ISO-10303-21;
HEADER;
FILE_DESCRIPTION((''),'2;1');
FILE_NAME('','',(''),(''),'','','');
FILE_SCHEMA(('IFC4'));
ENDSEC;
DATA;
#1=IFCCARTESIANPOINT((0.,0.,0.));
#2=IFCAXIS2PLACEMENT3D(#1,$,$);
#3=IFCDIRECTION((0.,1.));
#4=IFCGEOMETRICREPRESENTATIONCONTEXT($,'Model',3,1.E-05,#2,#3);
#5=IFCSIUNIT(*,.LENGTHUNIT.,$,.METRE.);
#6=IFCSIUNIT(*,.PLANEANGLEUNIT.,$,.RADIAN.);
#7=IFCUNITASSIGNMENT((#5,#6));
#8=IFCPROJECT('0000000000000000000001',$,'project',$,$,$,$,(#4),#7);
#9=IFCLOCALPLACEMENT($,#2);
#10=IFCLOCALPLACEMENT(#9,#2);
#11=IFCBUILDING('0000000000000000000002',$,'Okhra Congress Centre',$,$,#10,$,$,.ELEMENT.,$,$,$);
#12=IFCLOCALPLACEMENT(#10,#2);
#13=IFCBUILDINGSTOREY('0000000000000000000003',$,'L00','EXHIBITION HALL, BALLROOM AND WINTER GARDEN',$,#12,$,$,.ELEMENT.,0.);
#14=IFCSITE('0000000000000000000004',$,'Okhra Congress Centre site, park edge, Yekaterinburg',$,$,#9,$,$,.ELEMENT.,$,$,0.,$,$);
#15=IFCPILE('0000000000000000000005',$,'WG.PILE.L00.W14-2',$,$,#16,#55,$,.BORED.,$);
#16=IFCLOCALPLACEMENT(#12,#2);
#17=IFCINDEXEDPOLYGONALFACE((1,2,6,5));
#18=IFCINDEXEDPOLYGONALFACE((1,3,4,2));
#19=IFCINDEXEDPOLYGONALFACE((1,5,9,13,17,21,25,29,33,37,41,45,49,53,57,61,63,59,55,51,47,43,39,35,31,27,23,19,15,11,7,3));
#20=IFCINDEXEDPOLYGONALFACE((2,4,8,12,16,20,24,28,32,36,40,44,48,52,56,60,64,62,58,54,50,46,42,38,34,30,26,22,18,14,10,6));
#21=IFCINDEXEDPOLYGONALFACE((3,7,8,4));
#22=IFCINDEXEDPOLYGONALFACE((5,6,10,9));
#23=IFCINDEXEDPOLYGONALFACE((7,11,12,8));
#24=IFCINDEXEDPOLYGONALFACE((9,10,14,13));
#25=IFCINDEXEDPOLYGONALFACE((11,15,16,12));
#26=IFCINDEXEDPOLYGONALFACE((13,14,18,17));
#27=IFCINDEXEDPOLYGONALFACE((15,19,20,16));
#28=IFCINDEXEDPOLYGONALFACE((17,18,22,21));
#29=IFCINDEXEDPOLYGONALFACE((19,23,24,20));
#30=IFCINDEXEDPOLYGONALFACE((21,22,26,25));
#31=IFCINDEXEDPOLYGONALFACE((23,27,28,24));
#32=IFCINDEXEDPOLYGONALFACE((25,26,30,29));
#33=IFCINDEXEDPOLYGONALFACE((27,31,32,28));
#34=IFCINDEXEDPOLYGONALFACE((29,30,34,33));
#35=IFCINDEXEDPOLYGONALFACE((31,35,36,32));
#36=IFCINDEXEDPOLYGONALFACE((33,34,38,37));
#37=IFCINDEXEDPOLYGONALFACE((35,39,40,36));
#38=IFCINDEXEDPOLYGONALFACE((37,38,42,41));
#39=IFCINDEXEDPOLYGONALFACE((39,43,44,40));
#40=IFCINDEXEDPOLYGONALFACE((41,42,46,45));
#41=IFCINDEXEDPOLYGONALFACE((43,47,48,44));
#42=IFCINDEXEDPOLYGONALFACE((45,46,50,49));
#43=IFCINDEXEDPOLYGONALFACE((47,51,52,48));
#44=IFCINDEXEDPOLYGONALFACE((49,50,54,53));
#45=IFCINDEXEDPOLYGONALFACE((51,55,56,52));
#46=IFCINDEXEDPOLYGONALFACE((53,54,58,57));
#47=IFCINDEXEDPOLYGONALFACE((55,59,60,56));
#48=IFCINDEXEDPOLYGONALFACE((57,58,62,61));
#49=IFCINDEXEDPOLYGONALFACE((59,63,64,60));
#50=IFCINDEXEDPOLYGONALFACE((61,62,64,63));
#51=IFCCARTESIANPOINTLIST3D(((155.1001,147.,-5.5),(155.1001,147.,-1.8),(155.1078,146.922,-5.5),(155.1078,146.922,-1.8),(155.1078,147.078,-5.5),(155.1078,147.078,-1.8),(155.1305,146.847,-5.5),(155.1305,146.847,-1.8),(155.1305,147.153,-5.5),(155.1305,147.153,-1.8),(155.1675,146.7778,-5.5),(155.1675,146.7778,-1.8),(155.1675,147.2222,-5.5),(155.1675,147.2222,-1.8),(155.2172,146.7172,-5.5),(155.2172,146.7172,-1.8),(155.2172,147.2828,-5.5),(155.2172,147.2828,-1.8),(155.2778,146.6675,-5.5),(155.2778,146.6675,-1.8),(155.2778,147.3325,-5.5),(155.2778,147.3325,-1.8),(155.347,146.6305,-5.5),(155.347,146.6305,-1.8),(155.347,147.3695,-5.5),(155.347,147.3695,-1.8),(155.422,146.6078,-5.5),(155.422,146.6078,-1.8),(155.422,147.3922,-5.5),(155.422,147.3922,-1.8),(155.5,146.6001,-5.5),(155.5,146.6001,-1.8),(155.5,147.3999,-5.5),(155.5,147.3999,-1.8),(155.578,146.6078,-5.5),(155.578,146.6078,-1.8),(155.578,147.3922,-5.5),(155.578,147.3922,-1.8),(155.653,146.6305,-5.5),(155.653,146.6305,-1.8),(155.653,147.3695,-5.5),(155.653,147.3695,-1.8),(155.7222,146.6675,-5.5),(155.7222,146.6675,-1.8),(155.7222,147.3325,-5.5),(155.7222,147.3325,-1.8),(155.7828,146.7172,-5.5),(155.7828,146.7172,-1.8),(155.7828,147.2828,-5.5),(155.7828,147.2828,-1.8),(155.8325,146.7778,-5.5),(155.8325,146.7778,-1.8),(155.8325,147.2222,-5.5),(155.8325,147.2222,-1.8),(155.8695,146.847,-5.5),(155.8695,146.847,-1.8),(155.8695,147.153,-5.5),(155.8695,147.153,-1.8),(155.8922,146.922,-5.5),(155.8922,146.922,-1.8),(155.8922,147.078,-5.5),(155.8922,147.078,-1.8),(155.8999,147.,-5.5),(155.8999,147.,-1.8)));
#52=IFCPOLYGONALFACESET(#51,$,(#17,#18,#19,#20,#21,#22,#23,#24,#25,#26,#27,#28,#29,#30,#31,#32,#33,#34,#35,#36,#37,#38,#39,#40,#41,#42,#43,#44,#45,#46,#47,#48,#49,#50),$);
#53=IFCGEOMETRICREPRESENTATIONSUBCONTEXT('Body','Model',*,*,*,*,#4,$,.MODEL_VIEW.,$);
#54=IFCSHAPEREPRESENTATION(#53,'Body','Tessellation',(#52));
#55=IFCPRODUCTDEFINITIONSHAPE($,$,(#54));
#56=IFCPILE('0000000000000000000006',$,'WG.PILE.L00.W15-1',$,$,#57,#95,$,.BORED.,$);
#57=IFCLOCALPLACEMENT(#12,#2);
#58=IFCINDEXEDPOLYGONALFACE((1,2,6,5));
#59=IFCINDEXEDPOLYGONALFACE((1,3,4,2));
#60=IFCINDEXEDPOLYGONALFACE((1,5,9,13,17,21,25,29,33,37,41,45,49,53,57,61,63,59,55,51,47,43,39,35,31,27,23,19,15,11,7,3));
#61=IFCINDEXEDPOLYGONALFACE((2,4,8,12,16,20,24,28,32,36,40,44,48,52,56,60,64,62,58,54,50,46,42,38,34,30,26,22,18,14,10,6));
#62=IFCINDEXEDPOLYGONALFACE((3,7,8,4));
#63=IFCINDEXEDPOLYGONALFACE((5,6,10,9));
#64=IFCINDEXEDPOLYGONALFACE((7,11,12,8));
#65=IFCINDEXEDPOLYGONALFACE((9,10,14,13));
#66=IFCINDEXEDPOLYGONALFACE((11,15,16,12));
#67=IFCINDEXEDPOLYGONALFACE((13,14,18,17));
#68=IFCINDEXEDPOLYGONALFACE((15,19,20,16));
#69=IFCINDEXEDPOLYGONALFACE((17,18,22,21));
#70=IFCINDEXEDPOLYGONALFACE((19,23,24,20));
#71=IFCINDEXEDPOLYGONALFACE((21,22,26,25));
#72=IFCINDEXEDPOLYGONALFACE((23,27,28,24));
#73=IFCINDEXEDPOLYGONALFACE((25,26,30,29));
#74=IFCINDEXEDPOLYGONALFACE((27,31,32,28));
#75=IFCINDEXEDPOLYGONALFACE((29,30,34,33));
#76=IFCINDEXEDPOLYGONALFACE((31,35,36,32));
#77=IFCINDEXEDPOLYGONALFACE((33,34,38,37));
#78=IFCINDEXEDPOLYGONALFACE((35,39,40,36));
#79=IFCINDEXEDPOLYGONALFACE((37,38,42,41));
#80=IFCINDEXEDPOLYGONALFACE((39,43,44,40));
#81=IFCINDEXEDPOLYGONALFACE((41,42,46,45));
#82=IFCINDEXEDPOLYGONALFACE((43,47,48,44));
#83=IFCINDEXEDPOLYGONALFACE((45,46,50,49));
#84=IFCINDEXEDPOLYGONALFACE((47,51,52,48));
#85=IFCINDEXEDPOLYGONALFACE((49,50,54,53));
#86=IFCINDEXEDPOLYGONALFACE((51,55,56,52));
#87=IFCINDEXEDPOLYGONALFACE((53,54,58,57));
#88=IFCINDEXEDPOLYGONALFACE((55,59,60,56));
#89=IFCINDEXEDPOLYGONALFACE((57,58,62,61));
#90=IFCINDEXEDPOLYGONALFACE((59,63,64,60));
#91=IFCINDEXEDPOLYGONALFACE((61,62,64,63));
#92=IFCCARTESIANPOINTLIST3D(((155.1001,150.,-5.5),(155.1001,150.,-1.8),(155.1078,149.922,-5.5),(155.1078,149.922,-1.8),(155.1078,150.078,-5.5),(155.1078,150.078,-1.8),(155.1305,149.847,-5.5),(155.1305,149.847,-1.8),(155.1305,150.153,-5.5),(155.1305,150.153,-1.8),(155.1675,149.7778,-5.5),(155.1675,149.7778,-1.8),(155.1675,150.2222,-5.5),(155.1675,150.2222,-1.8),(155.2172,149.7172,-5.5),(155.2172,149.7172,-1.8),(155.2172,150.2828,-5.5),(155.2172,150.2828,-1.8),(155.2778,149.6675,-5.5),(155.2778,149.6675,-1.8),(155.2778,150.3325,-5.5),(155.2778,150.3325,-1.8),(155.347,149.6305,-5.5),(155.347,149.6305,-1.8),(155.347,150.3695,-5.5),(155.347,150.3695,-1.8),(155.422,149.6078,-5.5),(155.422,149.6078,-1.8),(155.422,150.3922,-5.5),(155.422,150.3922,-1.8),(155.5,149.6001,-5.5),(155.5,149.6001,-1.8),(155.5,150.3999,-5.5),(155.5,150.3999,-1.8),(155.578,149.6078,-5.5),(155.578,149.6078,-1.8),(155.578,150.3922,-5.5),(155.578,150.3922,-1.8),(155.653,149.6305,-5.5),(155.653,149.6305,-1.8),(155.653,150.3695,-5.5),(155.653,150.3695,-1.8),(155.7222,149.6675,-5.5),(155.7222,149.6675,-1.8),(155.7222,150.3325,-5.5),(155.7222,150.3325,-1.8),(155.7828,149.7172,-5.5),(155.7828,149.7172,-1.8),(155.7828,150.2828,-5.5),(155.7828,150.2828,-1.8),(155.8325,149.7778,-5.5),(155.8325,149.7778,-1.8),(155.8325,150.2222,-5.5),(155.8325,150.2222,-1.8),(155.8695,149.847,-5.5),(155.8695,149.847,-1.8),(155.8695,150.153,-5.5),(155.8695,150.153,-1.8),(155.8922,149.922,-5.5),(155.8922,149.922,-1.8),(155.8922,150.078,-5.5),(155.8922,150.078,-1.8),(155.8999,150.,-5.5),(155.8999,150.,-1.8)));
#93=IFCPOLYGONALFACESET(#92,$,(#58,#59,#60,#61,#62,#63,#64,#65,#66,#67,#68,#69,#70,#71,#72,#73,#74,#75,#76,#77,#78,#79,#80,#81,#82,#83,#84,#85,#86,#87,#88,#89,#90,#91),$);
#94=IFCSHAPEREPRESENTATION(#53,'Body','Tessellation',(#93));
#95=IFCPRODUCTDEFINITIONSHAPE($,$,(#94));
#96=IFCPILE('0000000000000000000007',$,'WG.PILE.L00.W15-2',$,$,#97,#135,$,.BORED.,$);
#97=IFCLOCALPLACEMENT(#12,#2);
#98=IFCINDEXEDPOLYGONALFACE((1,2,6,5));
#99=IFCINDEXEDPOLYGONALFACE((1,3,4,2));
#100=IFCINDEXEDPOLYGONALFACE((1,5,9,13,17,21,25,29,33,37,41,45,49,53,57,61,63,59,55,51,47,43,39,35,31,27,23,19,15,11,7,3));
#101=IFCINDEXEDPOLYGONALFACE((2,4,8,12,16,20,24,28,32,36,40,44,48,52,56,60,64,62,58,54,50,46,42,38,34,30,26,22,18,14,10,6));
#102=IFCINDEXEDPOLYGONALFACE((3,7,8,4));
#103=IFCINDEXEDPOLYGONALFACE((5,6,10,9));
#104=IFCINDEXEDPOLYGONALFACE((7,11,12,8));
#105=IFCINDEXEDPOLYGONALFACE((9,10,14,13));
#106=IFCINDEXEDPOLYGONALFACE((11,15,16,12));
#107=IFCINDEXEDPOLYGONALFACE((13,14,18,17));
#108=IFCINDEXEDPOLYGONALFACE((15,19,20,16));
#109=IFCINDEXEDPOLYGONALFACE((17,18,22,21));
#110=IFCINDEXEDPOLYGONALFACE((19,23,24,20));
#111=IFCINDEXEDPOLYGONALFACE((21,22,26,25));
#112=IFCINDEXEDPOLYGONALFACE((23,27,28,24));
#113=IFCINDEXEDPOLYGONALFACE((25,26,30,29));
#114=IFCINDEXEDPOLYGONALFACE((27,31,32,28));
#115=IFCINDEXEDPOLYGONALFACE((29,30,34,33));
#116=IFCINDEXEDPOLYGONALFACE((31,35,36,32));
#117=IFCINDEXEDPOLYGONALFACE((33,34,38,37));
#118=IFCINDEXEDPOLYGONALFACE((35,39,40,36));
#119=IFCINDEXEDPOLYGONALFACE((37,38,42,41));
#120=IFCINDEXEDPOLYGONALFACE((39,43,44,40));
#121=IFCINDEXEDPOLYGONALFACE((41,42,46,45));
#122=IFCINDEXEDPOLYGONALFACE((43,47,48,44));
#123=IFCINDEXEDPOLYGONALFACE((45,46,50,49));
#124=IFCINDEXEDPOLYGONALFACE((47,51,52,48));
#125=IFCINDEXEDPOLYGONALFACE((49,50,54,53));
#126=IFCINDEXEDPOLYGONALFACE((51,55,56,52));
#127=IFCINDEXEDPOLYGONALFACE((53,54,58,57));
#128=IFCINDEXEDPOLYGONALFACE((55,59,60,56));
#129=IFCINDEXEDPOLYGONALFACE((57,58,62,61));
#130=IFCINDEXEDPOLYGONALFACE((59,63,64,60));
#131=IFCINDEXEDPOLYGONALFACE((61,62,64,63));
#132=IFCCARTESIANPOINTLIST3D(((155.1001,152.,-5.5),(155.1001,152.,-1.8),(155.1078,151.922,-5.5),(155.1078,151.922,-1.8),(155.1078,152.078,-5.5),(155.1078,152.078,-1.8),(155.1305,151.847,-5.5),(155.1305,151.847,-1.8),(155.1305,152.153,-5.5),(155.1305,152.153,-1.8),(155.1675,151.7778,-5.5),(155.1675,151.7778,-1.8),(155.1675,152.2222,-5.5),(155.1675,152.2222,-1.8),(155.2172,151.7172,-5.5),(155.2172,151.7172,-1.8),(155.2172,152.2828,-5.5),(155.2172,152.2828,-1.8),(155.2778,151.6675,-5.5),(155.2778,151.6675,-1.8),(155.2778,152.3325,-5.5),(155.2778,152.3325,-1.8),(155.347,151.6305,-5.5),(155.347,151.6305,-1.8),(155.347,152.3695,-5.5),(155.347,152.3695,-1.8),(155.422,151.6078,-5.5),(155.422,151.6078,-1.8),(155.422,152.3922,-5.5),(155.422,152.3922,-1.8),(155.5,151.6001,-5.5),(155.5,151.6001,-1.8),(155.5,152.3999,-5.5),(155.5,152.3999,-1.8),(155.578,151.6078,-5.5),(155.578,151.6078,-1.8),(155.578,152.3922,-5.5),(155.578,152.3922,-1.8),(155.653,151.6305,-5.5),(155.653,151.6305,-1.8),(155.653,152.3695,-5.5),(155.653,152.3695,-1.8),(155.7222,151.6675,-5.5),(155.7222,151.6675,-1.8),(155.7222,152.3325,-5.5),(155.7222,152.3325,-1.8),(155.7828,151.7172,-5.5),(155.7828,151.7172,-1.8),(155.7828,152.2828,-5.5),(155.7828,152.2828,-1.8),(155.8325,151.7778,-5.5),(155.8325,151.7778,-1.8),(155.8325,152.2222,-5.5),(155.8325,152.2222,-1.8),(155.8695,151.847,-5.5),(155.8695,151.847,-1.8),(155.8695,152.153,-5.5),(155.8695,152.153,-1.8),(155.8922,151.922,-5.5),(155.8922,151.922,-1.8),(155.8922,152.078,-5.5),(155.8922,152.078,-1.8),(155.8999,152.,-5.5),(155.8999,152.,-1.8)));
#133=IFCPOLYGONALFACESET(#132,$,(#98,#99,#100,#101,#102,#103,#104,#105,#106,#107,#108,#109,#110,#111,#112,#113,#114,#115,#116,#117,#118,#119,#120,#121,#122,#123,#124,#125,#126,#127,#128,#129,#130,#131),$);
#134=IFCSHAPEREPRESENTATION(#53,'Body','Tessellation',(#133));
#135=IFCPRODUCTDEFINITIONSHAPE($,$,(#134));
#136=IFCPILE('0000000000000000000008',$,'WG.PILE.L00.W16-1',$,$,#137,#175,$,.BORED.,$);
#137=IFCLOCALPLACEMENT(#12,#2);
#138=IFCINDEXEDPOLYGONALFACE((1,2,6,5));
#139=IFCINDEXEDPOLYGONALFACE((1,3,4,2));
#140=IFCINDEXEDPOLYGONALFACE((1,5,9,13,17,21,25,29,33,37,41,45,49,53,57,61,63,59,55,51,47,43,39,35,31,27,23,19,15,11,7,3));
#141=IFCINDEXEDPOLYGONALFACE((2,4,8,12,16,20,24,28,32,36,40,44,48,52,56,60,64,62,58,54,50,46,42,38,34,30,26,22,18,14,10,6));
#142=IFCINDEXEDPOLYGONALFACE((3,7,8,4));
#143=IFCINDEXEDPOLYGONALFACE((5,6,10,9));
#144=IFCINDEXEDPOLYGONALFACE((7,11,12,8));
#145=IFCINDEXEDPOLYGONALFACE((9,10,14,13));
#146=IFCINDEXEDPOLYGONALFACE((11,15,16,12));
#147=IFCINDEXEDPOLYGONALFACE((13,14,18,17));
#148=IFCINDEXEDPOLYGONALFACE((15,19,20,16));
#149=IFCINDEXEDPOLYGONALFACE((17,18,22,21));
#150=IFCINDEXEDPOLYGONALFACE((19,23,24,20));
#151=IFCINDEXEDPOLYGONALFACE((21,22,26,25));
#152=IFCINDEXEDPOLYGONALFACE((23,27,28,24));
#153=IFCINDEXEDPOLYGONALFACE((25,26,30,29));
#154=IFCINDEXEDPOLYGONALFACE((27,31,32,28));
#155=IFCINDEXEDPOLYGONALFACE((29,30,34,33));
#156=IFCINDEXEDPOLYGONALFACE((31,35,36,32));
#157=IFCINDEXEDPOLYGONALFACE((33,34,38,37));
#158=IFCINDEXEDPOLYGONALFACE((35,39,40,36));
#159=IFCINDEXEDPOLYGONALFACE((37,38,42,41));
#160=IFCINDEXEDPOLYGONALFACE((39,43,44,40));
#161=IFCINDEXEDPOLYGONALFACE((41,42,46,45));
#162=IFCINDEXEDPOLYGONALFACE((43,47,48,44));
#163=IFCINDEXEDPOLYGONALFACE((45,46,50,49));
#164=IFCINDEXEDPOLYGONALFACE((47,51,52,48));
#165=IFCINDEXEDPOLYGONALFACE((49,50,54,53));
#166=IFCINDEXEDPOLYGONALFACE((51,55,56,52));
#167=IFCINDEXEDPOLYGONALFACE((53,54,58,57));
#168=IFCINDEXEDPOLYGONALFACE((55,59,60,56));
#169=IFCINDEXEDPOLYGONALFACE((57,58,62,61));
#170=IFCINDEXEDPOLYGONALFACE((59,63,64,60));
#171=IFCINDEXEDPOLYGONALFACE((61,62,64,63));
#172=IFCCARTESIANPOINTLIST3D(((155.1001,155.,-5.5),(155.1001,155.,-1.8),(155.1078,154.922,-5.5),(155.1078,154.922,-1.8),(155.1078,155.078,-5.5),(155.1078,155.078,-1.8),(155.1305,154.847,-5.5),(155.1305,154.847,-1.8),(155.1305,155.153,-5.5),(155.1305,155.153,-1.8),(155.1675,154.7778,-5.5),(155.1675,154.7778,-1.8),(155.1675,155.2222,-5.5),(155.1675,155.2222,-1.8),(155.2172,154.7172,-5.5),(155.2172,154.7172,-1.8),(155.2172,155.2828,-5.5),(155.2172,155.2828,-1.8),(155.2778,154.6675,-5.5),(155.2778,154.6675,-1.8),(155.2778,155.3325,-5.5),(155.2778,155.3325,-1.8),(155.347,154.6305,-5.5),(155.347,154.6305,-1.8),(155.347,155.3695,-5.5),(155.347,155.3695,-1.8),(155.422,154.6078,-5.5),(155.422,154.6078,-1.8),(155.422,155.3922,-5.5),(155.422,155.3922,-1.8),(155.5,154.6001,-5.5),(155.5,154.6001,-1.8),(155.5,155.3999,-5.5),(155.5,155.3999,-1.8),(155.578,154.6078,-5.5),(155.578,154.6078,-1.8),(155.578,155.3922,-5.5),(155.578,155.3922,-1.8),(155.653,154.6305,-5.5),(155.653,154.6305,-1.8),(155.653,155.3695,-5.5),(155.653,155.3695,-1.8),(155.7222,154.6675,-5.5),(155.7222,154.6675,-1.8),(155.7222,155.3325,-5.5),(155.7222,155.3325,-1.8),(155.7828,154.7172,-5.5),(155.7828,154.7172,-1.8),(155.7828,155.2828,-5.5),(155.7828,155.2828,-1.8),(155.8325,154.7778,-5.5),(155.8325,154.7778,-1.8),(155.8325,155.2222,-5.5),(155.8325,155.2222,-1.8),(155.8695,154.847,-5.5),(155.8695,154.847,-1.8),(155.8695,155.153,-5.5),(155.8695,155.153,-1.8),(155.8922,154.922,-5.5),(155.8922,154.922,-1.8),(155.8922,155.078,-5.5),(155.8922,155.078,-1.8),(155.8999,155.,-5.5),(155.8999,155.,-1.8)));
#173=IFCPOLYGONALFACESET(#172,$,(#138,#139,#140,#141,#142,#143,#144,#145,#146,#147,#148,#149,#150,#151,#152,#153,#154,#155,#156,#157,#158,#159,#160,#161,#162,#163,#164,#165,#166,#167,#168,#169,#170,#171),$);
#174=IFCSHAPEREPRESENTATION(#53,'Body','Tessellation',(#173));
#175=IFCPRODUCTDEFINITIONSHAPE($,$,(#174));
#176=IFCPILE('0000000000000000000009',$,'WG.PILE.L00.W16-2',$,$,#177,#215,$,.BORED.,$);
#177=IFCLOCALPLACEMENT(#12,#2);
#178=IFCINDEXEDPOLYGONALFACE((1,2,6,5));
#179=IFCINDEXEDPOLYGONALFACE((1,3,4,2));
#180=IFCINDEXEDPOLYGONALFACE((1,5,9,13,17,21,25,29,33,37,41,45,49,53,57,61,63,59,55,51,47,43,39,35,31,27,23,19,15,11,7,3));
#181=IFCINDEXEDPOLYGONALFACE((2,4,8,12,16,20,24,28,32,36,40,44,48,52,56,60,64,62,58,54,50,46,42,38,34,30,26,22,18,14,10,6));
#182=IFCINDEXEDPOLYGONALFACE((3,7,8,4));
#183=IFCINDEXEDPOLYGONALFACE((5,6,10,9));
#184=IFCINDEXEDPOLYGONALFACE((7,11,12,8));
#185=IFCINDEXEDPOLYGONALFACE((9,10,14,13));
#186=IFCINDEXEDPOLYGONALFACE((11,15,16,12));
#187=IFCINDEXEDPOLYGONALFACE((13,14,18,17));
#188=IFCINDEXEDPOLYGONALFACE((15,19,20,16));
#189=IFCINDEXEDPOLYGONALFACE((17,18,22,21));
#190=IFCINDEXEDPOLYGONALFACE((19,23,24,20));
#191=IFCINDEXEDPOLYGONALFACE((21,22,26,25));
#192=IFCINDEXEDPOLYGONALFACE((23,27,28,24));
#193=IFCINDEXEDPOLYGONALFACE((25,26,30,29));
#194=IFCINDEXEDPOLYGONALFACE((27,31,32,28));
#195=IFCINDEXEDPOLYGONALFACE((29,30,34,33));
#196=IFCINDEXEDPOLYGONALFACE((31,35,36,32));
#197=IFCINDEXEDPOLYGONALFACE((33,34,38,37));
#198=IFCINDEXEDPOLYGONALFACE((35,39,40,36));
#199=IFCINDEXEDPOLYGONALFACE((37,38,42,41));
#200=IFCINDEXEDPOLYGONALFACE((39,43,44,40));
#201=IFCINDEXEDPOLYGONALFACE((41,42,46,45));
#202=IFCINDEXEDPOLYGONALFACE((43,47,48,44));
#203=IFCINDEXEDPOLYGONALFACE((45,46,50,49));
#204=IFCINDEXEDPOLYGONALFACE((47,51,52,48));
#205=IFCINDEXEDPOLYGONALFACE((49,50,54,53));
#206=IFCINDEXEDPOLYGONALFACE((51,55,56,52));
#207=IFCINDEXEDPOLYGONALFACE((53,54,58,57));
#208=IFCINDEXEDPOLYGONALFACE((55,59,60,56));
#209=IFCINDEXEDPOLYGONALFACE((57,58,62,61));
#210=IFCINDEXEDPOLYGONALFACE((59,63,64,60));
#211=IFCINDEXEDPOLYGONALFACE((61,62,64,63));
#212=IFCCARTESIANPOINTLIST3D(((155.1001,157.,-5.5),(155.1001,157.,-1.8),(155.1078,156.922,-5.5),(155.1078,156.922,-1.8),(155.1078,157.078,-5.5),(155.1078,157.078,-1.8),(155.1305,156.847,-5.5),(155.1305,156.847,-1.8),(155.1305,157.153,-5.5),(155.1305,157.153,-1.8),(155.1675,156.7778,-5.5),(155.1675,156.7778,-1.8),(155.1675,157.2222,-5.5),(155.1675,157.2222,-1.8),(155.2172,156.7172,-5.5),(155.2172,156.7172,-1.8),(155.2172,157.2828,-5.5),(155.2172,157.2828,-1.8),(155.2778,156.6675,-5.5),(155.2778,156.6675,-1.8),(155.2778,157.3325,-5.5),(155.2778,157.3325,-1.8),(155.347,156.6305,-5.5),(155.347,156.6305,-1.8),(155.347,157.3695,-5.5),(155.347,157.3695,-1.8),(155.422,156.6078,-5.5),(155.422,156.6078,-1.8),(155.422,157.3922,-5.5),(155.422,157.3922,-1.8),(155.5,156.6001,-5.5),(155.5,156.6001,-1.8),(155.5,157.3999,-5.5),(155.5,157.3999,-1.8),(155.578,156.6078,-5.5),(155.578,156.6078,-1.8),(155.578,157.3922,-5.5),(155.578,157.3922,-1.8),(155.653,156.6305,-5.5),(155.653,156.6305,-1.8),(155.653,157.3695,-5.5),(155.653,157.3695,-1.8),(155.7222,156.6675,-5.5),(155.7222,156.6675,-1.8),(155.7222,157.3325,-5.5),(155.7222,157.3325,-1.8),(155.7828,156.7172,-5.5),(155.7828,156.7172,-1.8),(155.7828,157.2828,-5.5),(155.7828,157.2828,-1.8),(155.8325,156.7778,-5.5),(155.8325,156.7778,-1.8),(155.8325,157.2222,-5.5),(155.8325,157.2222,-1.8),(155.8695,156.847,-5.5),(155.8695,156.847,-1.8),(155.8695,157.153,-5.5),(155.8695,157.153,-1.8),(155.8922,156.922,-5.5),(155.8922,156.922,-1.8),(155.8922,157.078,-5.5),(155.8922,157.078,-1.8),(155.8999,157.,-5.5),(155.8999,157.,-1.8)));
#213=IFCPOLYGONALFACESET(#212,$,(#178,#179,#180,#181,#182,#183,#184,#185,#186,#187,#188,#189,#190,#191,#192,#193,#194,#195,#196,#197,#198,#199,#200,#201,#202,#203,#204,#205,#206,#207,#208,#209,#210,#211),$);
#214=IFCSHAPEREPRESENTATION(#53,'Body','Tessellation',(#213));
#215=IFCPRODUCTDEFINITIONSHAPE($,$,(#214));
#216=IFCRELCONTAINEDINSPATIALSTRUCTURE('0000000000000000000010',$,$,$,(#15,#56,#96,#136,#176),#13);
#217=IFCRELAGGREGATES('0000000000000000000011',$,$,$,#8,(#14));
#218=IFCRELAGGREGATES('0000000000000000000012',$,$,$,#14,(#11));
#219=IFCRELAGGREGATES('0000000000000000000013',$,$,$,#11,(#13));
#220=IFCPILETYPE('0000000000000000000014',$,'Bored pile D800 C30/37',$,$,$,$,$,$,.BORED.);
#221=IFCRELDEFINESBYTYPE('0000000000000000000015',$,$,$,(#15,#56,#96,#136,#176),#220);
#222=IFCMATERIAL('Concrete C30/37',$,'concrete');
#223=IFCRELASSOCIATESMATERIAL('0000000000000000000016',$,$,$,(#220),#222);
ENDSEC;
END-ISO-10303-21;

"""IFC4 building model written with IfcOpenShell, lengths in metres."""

from ifc_helpers import new_model, si_unit, direction, frame, origin, origin_2d, place, context, subcontext, project, spatial, circle, extrude, material, material_profile, profile_set, type_object, element, save


model = new_model("IFC4")

# Units and contexts
model_context = context("Model", 3, precision=1e-05, world=origin(), true_north=direction((0.0, 1.0)))
body_context = subcontext(model_context, "Body", "Model", "MODEL_VIEW")
ifc_project = project(units=[si_unit("LENGTHUNIT", "METRE"), si_unit("PLANEANGLEUNIT", "RADIAN")], contexts=[model_context])

# Site, building, storey
site_placement = place(None, origin())
site = spatial("IfcSite", under=ifc_project, at=site_placement, Name="Okhra Congress Centre site, park edge, Yekaterinburg", CompositionType="ELEMENT", RefElevation=0.0)
building_placement = place(site_placement, origin())
building = spatial("IfcBuilding", under=site, at=building_placement, Name="Okhra Congress Centre", CompositionType="ELEMENT")
storey_placement = place(building_placement, origin())
storey = spatial("IfcBuildingStorey", under=building, at=storey_placement, Name="L00", Description="EXHIBITION HALL, BALLROOM AND WINTER GARDEN", CompositionType="ELEMENT", Elevation=0.0)

# Piles
ifc_material_1 = material(Name="Concrete C30/37", Category="concrete")
ifc_material_profile_1 = material_profile(ifc_material_1, circle(Radius=0.3999, at=origin_2d()), Name="D800")
ifc_profile_set_1 = profile_set([ifc_material_profile_1], Name="Concrete C30/37")
pile_type = type_object("IfcPileType", Name="Bored pile D800 C30/37", PredefinedType="BORED", material=ifc_profile_set_1)
for number, where, z_axis, x_axis, name in (
    (1, (155.5, 147.0, -1.8), (0.0, 0.0, -1.0), (1.0, 0.0, 0.0), "WG.PILE.L00.W14-2"),
    (2, (155.5, 150.0, -1.8), (0.0, 0.0, -1.0), (1.0, 0.0, 0.0), "WG.PILE.L00.W15-1"),
    (3, (155.5, 152.0, -1.8), (0.0, 0.0, -1.0), (1.0, 0.0, 0.0), "WG.PILE.L00.W15-2"),
    (4, (155.5, 155.0, -1.8), (0.0, 0.0, -1.0), (1.0, 0.0, 0.0), "WG.PILE.L00.W16-1"),
    (5, (155.5, 157.0, -1.8), (0.0, 0.0, -1.0), (1.0, 0.0, 0.0), "WG.PILE.L00.W16-2"),
):
    element("IfcPile", number, at=place(storey_placement, frame(where, z_axis=z_axis, x_axis=x_axis)), inside=storey, type_object=pile_type, Name=name, PredefinedType="BORED", context=body_context, shape_type="SweptSolid", body=[
        extrude(circle(Radius=0.3999, at=origin_2d()), origin(), (0.0, 0.0, 1.0), 3.7),
    ])

save(model, "model.ifc")
